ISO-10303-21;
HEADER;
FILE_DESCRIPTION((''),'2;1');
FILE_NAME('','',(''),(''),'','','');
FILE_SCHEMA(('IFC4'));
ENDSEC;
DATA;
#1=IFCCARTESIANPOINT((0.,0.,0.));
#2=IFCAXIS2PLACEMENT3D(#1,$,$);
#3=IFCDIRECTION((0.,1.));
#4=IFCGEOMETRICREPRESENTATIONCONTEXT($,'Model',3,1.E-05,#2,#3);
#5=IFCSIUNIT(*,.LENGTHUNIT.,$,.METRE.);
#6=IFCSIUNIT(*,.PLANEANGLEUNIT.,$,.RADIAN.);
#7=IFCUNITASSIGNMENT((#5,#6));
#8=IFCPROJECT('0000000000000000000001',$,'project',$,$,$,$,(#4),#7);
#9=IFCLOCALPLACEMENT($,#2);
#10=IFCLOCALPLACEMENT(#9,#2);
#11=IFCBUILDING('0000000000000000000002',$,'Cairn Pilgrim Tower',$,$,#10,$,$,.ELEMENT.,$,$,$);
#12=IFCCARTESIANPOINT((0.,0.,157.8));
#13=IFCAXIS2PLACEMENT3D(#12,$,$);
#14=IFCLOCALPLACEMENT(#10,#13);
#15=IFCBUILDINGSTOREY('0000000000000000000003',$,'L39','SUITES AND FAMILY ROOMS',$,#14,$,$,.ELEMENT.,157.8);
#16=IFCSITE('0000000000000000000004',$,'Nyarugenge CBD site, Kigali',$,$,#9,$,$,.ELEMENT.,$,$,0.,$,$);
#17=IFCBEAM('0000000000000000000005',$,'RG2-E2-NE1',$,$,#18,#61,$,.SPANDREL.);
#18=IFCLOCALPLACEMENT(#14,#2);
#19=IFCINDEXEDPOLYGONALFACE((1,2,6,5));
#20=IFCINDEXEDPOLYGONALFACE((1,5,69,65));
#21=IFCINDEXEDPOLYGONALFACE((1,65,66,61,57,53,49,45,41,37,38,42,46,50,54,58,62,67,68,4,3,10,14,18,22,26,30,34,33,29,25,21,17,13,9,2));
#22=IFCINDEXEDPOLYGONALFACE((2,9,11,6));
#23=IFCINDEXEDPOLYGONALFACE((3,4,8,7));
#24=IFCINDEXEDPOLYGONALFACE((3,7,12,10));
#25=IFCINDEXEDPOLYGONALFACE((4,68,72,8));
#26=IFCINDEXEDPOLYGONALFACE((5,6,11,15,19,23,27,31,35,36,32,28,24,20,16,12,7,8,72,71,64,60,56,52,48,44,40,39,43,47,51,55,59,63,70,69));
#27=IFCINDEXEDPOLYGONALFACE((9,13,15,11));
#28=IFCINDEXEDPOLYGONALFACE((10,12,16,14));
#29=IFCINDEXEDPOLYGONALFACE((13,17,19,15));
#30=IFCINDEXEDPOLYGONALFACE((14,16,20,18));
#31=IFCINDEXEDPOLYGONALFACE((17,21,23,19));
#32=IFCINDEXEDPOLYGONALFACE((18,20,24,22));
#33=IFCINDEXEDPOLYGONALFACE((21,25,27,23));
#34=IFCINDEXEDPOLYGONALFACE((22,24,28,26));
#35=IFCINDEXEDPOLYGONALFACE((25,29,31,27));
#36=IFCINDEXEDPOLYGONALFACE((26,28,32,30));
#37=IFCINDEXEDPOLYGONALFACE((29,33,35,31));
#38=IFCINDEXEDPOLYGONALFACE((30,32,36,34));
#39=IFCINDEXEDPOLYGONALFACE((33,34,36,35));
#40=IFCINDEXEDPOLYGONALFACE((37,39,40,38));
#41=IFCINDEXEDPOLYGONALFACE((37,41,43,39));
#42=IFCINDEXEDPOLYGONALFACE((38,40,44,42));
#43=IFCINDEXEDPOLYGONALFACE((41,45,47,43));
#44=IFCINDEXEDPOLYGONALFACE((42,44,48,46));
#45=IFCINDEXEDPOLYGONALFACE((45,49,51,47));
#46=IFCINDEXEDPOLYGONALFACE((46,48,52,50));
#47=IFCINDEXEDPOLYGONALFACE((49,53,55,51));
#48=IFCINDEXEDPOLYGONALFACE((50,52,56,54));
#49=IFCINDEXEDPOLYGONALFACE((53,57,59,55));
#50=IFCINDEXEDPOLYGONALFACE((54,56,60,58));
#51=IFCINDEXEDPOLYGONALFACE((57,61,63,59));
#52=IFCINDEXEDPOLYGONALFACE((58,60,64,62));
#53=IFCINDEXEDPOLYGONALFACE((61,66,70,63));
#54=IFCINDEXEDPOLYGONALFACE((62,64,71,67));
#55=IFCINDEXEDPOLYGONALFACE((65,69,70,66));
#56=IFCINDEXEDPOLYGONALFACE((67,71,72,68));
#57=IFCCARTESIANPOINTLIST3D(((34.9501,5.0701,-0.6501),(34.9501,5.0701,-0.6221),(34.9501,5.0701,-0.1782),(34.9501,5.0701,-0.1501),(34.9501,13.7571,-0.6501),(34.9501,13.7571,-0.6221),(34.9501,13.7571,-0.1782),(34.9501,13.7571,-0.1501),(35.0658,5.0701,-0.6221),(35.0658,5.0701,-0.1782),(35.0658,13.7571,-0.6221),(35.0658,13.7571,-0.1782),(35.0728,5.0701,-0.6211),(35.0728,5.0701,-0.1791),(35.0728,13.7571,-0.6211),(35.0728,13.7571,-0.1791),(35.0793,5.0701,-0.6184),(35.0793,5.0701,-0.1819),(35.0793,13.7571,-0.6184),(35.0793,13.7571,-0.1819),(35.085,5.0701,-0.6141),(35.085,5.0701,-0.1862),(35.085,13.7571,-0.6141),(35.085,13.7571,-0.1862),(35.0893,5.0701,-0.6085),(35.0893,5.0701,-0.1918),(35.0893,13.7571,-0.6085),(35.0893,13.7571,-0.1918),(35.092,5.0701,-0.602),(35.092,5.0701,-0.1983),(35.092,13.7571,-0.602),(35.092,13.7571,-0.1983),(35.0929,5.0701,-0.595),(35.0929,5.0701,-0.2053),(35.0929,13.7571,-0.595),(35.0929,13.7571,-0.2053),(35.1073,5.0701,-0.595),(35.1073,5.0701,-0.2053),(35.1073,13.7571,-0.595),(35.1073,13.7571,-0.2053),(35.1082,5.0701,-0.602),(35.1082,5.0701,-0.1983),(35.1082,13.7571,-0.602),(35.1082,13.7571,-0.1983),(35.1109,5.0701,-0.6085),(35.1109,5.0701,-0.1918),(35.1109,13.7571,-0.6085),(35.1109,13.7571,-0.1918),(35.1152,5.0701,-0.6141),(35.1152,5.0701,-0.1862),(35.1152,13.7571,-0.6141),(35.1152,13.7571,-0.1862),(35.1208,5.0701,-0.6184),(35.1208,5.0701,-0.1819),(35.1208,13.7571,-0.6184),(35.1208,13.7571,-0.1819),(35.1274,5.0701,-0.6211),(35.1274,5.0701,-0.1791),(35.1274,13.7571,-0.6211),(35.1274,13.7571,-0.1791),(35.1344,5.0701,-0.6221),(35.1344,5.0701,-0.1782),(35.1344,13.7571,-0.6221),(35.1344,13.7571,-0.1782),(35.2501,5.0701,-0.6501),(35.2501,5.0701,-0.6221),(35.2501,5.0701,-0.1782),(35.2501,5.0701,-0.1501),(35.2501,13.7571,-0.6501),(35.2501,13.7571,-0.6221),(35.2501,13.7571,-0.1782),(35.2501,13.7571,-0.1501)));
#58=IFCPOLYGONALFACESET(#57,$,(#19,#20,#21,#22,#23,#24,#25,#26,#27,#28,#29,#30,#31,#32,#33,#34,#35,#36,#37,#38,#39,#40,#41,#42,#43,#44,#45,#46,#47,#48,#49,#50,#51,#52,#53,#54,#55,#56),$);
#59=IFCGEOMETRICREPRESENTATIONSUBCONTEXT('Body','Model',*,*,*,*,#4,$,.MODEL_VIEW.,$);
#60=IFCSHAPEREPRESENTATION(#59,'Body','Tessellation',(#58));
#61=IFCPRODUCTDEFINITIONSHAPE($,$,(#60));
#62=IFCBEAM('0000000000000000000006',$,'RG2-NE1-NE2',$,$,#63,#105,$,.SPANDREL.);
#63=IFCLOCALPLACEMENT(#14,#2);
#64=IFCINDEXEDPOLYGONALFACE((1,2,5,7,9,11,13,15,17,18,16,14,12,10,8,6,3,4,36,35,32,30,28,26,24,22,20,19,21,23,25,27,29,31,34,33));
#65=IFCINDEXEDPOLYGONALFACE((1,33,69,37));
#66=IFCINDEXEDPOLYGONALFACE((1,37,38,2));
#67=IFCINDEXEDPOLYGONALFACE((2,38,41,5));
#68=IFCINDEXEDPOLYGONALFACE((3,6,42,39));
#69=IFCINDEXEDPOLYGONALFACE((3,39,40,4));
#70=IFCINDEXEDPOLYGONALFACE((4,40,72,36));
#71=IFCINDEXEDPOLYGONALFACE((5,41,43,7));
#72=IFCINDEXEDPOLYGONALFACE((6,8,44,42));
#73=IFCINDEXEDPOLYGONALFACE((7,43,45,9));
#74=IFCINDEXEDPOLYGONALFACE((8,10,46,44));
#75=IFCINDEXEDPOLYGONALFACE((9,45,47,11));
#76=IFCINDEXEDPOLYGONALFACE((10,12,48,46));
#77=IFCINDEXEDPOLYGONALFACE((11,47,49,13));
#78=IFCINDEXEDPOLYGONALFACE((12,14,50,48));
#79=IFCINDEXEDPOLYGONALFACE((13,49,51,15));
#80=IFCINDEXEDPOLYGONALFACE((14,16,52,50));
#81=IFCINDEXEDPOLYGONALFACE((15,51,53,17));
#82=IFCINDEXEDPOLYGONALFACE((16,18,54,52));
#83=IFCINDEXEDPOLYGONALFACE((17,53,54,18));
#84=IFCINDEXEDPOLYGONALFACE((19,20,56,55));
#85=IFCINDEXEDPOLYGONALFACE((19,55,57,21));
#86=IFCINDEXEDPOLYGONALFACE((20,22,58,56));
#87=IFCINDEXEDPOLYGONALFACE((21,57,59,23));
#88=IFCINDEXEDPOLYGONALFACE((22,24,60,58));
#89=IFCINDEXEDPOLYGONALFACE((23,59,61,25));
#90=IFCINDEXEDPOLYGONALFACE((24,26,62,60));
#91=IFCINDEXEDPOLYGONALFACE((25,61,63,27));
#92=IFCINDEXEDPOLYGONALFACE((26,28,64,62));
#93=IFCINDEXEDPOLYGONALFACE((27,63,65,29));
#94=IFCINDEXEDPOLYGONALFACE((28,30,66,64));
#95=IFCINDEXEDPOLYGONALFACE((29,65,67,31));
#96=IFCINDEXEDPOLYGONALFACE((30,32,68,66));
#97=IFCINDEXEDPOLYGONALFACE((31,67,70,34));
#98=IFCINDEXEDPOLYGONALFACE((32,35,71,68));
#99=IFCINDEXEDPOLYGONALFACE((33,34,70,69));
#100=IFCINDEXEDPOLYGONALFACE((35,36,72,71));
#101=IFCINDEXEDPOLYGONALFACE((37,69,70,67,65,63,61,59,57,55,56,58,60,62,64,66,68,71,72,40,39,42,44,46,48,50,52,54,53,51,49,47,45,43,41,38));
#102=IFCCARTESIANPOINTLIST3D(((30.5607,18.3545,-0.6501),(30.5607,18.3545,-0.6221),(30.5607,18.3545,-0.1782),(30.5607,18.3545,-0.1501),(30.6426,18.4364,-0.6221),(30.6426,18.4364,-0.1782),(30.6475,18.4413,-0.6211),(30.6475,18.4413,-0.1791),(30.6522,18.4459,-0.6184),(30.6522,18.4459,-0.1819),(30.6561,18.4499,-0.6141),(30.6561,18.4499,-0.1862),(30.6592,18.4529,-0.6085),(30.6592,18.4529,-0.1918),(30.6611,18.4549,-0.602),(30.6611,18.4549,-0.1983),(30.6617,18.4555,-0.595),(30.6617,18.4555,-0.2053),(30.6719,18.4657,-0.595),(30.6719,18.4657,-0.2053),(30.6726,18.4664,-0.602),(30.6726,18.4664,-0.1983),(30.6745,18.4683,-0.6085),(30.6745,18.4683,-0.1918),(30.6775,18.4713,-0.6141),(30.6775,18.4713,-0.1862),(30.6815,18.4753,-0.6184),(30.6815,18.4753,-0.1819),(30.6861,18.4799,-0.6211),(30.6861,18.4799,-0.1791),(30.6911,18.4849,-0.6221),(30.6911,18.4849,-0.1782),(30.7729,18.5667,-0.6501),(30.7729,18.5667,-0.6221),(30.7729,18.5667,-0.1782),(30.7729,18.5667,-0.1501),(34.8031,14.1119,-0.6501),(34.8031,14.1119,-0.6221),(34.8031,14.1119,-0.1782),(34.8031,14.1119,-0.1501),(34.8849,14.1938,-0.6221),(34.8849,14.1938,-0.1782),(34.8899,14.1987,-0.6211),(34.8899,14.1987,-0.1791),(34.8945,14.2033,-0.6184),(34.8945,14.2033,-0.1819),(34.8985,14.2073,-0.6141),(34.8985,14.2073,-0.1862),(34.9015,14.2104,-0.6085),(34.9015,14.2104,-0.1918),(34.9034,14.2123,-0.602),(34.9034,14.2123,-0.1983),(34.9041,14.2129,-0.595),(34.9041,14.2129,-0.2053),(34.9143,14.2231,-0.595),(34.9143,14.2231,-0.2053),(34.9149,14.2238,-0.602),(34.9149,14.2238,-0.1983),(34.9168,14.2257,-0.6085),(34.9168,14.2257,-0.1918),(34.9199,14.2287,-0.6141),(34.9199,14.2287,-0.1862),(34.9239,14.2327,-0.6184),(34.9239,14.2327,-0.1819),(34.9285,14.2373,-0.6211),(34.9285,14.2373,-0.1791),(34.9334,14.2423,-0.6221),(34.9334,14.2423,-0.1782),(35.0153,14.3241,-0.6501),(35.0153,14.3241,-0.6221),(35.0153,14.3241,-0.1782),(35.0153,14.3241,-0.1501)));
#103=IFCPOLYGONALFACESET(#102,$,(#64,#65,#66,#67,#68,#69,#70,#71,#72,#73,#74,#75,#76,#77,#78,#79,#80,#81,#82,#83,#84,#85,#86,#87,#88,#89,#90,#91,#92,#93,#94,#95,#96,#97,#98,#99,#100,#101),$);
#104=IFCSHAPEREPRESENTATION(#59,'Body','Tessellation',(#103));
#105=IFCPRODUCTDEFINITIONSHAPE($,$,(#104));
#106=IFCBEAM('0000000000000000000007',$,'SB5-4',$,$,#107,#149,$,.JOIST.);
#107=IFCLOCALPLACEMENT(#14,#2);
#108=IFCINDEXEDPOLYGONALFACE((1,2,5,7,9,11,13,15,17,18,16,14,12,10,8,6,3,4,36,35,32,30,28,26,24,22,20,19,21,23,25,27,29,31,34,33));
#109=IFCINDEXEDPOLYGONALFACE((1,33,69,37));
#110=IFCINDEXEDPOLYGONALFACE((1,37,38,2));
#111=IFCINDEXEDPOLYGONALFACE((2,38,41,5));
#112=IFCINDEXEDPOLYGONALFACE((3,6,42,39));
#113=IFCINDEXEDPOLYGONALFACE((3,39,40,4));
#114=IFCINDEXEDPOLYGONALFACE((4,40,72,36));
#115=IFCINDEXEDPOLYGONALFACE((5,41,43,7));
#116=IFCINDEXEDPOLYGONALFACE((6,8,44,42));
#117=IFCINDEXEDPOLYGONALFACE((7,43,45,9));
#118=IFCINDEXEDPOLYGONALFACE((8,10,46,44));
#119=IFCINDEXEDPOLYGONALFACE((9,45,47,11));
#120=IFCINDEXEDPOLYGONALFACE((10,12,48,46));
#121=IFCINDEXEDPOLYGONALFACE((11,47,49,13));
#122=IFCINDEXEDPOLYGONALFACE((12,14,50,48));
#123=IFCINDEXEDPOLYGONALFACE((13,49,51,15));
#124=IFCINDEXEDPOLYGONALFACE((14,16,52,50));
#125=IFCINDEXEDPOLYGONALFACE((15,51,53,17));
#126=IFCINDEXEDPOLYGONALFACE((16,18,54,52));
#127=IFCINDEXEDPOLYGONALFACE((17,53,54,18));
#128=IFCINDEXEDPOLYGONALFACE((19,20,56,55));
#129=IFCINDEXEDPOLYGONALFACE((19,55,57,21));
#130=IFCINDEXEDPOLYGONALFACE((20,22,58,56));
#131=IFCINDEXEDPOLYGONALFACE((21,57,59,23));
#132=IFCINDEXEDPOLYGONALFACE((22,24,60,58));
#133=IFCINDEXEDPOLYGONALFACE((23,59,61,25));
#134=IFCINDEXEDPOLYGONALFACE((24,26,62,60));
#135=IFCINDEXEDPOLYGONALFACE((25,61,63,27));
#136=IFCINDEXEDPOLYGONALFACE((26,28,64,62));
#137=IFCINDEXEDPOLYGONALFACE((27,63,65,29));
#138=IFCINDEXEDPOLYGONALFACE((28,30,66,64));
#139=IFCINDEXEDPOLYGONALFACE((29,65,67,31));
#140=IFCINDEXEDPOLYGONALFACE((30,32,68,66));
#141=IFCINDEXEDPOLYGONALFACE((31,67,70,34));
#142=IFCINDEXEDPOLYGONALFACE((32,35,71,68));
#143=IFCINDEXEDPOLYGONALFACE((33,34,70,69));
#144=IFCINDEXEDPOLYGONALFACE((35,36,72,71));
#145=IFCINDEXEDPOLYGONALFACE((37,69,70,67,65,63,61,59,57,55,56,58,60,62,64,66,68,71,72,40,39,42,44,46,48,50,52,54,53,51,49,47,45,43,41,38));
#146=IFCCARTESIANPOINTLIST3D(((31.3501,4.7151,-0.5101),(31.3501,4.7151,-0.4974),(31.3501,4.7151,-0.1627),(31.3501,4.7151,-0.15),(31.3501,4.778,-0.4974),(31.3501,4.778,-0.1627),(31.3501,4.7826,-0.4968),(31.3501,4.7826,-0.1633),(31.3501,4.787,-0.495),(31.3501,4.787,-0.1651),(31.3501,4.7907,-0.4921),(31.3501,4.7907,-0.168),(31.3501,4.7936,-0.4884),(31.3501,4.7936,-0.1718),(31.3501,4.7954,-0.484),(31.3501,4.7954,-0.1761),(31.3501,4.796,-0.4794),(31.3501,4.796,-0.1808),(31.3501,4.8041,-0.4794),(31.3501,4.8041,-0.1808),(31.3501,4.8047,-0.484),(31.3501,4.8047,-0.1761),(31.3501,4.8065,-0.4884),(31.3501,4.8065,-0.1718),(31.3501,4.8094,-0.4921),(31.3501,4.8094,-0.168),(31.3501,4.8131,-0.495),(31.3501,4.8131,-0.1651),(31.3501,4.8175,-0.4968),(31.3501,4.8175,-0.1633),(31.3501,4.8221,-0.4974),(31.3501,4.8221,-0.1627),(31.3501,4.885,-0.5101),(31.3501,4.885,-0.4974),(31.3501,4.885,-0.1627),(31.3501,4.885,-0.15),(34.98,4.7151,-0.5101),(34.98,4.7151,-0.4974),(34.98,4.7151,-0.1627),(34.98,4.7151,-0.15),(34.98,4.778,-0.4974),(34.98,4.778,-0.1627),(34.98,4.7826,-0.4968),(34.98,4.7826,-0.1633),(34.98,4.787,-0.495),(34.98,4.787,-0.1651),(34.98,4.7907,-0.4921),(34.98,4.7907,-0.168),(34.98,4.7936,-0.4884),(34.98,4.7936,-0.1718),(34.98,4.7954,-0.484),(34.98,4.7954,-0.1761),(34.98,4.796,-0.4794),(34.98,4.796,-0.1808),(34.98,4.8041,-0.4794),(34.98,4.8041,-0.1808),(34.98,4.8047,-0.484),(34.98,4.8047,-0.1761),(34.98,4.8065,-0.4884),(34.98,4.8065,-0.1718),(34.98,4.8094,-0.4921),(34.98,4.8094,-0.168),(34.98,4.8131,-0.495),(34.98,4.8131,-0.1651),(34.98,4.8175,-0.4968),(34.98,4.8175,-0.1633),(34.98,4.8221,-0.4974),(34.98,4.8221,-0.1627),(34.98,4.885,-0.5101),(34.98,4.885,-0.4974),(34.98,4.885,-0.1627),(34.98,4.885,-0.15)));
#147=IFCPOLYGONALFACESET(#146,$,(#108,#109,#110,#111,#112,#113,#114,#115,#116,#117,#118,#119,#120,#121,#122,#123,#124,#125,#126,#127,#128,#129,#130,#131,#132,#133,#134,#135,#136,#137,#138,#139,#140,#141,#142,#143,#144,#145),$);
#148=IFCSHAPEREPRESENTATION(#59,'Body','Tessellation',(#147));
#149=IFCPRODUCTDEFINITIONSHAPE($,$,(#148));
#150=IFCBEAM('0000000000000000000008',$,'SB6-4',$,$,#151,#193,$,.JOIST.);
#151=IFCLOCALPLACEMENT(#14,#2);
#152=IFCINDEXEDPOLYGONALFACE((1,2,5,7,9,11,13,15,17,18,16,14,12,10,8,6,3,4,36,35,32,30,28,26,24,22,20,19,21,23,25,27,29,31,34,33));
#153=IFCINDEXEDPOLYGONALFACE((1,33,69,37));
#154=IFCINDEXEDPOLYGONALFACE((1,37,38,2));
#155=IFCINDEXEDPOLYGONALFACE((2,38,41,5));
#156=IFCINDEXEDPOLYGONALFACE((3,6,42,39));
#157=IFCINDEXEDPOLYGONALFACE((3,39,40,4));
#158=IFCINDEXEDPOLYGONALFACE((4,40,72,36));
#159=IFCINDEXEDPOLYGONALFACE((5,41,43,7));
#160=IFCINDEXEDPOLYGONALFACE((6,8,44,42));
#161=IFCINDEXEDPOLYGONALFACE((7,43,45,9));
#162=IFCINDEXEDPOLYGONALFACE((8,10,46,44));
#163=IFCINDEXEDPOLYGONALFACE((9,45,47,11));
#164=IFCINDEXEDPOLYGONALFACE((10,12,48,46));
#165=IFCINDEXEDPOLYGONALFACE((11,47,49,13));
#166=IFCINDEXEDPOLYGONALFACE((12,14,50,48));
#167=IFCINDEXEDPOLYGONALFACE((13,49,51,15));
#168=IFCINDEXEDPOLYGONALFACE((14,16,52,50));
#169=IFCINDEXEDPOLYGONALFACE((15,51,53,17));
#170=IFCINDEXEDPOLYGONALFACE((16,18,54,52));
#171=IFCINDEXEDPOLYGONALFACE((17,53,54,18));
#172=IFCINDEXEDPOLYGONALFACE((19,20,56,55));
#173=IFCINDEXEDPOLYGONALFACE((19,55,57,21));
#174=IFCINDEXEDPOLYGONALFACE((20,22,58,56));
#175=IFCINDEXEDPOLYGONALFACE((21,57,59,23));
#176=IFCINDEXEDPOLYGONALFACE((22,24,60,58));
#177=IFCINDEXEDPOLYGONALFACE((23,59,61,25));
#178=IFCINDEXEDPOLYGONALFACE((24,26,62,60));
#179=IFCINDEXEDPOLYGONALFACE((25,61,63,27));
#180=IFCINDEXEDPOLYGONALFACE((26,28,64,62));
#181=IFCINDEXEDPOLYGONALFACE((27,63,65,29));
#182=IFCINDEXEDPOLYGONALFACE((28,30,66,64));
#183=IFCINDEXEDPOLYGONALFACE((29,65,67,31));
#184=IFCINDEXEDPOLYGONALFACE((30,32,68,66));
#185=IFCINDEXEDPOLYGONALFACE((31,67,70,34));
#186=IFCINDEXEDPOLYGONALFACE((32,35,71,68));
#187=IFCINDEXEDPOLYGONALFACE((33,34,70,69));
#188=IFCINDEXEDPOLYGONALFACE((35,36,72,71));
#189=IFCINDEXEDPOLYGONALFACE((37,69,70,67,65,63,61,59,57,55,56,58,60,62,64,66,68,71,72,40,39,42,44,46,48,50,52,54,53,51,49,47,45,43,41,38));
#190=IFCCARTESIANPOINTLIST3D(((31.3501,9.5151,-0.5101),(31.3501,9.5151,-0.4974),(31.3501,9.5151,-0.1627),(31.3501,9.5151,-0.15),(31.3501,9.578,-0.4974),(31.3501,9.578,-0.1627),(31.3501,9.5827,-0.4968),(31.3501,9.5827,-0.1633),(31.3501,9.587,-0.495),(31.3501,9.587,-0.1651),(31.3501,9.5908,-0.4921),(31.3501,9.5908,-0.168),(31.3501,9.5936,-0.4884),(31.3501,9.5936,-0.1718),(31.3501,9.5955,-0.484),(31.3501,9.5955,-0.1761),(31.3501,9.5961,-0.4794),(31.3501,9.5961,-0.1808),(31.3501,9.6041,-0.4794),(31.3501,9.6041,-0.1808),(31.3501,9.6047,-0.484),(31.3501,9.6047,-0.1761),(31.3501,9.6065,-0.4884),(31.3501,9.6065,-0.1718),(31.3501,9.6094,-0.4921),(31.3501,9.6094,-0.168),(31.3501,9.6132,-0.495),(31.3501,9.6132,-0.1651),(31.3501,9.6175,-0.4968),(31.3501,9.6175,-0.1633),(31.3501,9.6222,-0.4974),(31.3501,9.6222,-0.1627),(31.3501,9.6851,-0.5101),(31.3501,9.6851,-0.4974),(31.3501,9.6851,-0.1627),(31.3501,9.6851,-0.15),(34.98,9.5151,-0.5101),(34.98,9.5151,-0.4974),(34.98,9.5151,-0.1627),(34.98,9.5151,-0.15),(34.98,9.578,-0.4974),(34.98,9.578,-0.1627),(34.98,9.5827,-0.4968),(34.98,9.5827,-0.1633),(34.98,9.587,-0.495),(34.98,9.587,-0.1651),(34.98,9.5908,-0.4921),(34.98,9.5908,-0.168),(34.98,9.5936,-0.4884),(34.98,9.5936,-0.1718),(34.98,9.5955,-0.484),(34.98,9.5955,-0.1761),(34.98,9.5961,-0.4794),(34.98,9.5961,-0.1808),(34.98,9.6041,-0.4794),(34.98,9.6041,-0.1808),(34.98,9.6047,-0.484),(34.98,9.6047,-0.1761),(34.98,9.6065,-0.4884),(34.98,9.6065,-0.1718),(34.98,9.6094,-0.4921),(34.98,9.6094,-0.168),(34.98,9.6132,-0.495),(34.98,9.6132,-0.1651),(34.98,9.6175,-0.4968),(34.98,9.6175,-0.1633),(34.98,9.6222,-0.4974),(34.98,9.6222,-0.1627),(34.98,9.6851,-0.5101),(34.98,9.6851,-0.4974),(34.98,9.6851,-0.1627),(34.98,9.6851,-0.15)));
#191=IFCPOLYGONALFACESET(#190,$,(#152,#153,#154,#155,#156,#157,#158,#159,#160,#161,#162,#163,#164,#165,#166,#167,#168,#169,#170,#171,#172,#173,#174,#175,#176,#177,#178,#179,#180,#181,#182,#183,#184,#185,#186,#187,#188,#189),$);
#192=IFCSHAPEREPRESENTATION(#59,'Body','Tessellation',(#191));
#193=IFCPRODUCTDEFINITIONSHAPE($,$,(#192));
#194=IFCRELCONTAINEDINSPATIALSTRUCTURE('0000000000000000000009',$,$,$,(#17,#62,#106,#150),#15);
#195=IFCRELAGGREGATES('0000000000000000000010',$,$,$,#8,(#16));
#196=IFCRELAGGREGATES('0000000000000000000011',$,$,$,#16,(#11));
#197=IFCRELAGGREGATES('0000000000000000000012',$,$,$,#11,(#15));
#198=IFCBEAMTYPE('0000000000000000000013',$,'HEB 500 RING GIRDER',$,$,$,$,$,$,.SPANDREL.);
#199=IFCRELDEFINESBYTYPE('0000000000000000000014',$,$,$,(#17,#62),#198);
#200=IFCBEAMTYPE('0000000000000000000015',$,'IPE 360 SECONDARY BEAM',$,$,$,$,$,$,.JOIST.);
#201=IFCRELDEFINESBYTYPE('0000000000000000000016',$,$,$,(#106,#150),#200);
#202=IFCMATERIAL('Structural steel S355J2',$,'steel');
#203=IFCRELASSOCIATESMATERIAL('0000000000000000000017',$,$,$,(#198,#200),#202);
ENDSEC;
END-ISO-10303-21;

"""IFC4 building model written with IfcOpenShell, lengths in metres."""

from ifc_helpers import new_model, si_unit, direction, frame, origin, origin_2d, place, context, subcontext, project, spatial, i_section, extrude, material, material_profile, profile_set, type_object, element, save


model = new_model("IFC4")

# Units and contexts
model_context = context("Model", 3, precision=1e-05, world=origin(), true_north=direction((0.0, 1.0)))
body_context = subcontext(model_context, "Body", "Model", "MODEL_VIEW")
ifc_project = project(units=[si_unit("LENGTHUNIT", "METRE"), si_unit("PLANEANGLEUNIT", "RADIAN")], contexts=[model_context])

# Site, building, storey
site_placement = place(None, origin())
site = spatial("IfcSite", under=ifc_project, at=site_placement, Name="Nyarugenge CBD site, Kigali", CompositionType="ELEMENT", RefElevation=0.0)
building_placement = place(site_placement, origin())
building = spatial("IfcBuilding", under=site, at=building_placement, Name="Cairn Pilgrim Tower", CompositionType="ELEMENT")
storey_placement = place(building_placement, frame((0.0, 0.0, 157.8)))
storey = spatial("IfcBuildingStorey", under=building, at=storey_placement, Name="L39", Description="SUITES AND FAMILY ROOMS", CompositionType="ELEMENT", Elevation=157.8)

# Beams
ifc_material_1 = material(Name="Structural steel S355J2", Category="steel")
ifc_material_profile_1 = material_profile(ifc_material_1, i_section(OverallWidth=0.3, OverallDepth=0.5, WebThickness=0.0144, FlangeThickness=0.0281, FilletRadius=0.0271, at=origin_2d()), Name="HEB 500")
ifc_profile_set_1 = profile_set([ifc_material_profile_1], Name="Structural steel S355J2")
beam_type_1 = type_object("IfcBeamType", Name="HEB 500 RING GIRDER", PredefinedType="SPANDREL", material=ifc_profile_set_1)
beam_1_placement = place(storey_placement, frame((35.1001, 5.0701, -0.4001), z_axis=(0.0, 1.0, 0.0), x_axis=(-1.0, 0.0, 0.0)))
element("IfcBeam", 1, at=beam_1_placement, inside=storey, type_object=beam_type_1, Name="RG2-E2-NE1", PredefinedType="SPANDREL", context=body_context, shape_type="SweptSolid", body=[
    extrude(i_section(OverallWidth=0.3, OverallDepth=0.5, WebThickness=0.0144, FlangeThickness=0.0281, FilletRadius=0.0271, at=origin_2d()), origin(), (0.0, 0.0, 1.0), 8.687),
])
beam_2_placement = place(storey_placement, frame((34.9092, 14.218, -0.4001), z_axis=(-0.707086, 0.707127, 0.0), x_axis=(-0.707127, -0.707086, 0.0)))
element("IfcBeam", 2, at=beam_2_placement, inside=storey, type_object=beam_type_1, Name="RG2-NE1-NE2", PredefinedType="SPANDREL", context=body_context, shape_type="SweptSolid", body=[
    extrude(i_section(OverallWidth=0.3, OverallDepth=0.5, WebThickness=0.0144, FlangeThickness=0.0281, FilletRadius=0.0271, at=origin_2d()), origin(), (0.0, 0.0, 1.0), 5.9998),
])
ifc_material_profile_2 = material_profile(ifc_material_1, i_section(OverallWidth=0.1699, OverallDepth=0.3601, WebThickness=0.0081, FlangeThickness=0.0127, FilletRadius=0.0181, at=origin_2d()), Name="IPE 360")
ifc_profile_set_2 = profile_set([ifc_material_profile_2], Name="Structural steel S355J2")
beam_type_2 = type_object("IfcBeamType", Name="IPE 360 SECONDARY BEAM", PredefinedType="JOIST", material=ifc_profile_set_2)
for number, where, z_axis, x_axis, name in (
    (3, (31.3501, 4.8, -0.3301), (1.0, 0.0, 0.0), (0.0, 1.0, 0.0), "SB5-4"),
    (4, (31.3501, 9.6001, -0.3301), (1.0, 0.0, 0.0), (0.0, 1.0, 0.0), "SB6-4"),
):
    element("IfcBeam", number, at=place(storey_placement, frame(where, z_axis=z_axis, x_axis=x_axis)), inside=storey, type_object=beam_type_2, Name=name, PredefinedType="JOIST", context=body_context, shape_type="SweptSolid", body=[
        extrude(i_section(OverallWidth=0.1699, OverallDepth=0.3601, WebThickness=0.0081, FlangeThickness=0.0127, FilletRadius=0.0181, at=origin_2d()), origin(), (0.0, 0.0, 1.0), 3.6299),
    ])

save(model, "model.ifc")
